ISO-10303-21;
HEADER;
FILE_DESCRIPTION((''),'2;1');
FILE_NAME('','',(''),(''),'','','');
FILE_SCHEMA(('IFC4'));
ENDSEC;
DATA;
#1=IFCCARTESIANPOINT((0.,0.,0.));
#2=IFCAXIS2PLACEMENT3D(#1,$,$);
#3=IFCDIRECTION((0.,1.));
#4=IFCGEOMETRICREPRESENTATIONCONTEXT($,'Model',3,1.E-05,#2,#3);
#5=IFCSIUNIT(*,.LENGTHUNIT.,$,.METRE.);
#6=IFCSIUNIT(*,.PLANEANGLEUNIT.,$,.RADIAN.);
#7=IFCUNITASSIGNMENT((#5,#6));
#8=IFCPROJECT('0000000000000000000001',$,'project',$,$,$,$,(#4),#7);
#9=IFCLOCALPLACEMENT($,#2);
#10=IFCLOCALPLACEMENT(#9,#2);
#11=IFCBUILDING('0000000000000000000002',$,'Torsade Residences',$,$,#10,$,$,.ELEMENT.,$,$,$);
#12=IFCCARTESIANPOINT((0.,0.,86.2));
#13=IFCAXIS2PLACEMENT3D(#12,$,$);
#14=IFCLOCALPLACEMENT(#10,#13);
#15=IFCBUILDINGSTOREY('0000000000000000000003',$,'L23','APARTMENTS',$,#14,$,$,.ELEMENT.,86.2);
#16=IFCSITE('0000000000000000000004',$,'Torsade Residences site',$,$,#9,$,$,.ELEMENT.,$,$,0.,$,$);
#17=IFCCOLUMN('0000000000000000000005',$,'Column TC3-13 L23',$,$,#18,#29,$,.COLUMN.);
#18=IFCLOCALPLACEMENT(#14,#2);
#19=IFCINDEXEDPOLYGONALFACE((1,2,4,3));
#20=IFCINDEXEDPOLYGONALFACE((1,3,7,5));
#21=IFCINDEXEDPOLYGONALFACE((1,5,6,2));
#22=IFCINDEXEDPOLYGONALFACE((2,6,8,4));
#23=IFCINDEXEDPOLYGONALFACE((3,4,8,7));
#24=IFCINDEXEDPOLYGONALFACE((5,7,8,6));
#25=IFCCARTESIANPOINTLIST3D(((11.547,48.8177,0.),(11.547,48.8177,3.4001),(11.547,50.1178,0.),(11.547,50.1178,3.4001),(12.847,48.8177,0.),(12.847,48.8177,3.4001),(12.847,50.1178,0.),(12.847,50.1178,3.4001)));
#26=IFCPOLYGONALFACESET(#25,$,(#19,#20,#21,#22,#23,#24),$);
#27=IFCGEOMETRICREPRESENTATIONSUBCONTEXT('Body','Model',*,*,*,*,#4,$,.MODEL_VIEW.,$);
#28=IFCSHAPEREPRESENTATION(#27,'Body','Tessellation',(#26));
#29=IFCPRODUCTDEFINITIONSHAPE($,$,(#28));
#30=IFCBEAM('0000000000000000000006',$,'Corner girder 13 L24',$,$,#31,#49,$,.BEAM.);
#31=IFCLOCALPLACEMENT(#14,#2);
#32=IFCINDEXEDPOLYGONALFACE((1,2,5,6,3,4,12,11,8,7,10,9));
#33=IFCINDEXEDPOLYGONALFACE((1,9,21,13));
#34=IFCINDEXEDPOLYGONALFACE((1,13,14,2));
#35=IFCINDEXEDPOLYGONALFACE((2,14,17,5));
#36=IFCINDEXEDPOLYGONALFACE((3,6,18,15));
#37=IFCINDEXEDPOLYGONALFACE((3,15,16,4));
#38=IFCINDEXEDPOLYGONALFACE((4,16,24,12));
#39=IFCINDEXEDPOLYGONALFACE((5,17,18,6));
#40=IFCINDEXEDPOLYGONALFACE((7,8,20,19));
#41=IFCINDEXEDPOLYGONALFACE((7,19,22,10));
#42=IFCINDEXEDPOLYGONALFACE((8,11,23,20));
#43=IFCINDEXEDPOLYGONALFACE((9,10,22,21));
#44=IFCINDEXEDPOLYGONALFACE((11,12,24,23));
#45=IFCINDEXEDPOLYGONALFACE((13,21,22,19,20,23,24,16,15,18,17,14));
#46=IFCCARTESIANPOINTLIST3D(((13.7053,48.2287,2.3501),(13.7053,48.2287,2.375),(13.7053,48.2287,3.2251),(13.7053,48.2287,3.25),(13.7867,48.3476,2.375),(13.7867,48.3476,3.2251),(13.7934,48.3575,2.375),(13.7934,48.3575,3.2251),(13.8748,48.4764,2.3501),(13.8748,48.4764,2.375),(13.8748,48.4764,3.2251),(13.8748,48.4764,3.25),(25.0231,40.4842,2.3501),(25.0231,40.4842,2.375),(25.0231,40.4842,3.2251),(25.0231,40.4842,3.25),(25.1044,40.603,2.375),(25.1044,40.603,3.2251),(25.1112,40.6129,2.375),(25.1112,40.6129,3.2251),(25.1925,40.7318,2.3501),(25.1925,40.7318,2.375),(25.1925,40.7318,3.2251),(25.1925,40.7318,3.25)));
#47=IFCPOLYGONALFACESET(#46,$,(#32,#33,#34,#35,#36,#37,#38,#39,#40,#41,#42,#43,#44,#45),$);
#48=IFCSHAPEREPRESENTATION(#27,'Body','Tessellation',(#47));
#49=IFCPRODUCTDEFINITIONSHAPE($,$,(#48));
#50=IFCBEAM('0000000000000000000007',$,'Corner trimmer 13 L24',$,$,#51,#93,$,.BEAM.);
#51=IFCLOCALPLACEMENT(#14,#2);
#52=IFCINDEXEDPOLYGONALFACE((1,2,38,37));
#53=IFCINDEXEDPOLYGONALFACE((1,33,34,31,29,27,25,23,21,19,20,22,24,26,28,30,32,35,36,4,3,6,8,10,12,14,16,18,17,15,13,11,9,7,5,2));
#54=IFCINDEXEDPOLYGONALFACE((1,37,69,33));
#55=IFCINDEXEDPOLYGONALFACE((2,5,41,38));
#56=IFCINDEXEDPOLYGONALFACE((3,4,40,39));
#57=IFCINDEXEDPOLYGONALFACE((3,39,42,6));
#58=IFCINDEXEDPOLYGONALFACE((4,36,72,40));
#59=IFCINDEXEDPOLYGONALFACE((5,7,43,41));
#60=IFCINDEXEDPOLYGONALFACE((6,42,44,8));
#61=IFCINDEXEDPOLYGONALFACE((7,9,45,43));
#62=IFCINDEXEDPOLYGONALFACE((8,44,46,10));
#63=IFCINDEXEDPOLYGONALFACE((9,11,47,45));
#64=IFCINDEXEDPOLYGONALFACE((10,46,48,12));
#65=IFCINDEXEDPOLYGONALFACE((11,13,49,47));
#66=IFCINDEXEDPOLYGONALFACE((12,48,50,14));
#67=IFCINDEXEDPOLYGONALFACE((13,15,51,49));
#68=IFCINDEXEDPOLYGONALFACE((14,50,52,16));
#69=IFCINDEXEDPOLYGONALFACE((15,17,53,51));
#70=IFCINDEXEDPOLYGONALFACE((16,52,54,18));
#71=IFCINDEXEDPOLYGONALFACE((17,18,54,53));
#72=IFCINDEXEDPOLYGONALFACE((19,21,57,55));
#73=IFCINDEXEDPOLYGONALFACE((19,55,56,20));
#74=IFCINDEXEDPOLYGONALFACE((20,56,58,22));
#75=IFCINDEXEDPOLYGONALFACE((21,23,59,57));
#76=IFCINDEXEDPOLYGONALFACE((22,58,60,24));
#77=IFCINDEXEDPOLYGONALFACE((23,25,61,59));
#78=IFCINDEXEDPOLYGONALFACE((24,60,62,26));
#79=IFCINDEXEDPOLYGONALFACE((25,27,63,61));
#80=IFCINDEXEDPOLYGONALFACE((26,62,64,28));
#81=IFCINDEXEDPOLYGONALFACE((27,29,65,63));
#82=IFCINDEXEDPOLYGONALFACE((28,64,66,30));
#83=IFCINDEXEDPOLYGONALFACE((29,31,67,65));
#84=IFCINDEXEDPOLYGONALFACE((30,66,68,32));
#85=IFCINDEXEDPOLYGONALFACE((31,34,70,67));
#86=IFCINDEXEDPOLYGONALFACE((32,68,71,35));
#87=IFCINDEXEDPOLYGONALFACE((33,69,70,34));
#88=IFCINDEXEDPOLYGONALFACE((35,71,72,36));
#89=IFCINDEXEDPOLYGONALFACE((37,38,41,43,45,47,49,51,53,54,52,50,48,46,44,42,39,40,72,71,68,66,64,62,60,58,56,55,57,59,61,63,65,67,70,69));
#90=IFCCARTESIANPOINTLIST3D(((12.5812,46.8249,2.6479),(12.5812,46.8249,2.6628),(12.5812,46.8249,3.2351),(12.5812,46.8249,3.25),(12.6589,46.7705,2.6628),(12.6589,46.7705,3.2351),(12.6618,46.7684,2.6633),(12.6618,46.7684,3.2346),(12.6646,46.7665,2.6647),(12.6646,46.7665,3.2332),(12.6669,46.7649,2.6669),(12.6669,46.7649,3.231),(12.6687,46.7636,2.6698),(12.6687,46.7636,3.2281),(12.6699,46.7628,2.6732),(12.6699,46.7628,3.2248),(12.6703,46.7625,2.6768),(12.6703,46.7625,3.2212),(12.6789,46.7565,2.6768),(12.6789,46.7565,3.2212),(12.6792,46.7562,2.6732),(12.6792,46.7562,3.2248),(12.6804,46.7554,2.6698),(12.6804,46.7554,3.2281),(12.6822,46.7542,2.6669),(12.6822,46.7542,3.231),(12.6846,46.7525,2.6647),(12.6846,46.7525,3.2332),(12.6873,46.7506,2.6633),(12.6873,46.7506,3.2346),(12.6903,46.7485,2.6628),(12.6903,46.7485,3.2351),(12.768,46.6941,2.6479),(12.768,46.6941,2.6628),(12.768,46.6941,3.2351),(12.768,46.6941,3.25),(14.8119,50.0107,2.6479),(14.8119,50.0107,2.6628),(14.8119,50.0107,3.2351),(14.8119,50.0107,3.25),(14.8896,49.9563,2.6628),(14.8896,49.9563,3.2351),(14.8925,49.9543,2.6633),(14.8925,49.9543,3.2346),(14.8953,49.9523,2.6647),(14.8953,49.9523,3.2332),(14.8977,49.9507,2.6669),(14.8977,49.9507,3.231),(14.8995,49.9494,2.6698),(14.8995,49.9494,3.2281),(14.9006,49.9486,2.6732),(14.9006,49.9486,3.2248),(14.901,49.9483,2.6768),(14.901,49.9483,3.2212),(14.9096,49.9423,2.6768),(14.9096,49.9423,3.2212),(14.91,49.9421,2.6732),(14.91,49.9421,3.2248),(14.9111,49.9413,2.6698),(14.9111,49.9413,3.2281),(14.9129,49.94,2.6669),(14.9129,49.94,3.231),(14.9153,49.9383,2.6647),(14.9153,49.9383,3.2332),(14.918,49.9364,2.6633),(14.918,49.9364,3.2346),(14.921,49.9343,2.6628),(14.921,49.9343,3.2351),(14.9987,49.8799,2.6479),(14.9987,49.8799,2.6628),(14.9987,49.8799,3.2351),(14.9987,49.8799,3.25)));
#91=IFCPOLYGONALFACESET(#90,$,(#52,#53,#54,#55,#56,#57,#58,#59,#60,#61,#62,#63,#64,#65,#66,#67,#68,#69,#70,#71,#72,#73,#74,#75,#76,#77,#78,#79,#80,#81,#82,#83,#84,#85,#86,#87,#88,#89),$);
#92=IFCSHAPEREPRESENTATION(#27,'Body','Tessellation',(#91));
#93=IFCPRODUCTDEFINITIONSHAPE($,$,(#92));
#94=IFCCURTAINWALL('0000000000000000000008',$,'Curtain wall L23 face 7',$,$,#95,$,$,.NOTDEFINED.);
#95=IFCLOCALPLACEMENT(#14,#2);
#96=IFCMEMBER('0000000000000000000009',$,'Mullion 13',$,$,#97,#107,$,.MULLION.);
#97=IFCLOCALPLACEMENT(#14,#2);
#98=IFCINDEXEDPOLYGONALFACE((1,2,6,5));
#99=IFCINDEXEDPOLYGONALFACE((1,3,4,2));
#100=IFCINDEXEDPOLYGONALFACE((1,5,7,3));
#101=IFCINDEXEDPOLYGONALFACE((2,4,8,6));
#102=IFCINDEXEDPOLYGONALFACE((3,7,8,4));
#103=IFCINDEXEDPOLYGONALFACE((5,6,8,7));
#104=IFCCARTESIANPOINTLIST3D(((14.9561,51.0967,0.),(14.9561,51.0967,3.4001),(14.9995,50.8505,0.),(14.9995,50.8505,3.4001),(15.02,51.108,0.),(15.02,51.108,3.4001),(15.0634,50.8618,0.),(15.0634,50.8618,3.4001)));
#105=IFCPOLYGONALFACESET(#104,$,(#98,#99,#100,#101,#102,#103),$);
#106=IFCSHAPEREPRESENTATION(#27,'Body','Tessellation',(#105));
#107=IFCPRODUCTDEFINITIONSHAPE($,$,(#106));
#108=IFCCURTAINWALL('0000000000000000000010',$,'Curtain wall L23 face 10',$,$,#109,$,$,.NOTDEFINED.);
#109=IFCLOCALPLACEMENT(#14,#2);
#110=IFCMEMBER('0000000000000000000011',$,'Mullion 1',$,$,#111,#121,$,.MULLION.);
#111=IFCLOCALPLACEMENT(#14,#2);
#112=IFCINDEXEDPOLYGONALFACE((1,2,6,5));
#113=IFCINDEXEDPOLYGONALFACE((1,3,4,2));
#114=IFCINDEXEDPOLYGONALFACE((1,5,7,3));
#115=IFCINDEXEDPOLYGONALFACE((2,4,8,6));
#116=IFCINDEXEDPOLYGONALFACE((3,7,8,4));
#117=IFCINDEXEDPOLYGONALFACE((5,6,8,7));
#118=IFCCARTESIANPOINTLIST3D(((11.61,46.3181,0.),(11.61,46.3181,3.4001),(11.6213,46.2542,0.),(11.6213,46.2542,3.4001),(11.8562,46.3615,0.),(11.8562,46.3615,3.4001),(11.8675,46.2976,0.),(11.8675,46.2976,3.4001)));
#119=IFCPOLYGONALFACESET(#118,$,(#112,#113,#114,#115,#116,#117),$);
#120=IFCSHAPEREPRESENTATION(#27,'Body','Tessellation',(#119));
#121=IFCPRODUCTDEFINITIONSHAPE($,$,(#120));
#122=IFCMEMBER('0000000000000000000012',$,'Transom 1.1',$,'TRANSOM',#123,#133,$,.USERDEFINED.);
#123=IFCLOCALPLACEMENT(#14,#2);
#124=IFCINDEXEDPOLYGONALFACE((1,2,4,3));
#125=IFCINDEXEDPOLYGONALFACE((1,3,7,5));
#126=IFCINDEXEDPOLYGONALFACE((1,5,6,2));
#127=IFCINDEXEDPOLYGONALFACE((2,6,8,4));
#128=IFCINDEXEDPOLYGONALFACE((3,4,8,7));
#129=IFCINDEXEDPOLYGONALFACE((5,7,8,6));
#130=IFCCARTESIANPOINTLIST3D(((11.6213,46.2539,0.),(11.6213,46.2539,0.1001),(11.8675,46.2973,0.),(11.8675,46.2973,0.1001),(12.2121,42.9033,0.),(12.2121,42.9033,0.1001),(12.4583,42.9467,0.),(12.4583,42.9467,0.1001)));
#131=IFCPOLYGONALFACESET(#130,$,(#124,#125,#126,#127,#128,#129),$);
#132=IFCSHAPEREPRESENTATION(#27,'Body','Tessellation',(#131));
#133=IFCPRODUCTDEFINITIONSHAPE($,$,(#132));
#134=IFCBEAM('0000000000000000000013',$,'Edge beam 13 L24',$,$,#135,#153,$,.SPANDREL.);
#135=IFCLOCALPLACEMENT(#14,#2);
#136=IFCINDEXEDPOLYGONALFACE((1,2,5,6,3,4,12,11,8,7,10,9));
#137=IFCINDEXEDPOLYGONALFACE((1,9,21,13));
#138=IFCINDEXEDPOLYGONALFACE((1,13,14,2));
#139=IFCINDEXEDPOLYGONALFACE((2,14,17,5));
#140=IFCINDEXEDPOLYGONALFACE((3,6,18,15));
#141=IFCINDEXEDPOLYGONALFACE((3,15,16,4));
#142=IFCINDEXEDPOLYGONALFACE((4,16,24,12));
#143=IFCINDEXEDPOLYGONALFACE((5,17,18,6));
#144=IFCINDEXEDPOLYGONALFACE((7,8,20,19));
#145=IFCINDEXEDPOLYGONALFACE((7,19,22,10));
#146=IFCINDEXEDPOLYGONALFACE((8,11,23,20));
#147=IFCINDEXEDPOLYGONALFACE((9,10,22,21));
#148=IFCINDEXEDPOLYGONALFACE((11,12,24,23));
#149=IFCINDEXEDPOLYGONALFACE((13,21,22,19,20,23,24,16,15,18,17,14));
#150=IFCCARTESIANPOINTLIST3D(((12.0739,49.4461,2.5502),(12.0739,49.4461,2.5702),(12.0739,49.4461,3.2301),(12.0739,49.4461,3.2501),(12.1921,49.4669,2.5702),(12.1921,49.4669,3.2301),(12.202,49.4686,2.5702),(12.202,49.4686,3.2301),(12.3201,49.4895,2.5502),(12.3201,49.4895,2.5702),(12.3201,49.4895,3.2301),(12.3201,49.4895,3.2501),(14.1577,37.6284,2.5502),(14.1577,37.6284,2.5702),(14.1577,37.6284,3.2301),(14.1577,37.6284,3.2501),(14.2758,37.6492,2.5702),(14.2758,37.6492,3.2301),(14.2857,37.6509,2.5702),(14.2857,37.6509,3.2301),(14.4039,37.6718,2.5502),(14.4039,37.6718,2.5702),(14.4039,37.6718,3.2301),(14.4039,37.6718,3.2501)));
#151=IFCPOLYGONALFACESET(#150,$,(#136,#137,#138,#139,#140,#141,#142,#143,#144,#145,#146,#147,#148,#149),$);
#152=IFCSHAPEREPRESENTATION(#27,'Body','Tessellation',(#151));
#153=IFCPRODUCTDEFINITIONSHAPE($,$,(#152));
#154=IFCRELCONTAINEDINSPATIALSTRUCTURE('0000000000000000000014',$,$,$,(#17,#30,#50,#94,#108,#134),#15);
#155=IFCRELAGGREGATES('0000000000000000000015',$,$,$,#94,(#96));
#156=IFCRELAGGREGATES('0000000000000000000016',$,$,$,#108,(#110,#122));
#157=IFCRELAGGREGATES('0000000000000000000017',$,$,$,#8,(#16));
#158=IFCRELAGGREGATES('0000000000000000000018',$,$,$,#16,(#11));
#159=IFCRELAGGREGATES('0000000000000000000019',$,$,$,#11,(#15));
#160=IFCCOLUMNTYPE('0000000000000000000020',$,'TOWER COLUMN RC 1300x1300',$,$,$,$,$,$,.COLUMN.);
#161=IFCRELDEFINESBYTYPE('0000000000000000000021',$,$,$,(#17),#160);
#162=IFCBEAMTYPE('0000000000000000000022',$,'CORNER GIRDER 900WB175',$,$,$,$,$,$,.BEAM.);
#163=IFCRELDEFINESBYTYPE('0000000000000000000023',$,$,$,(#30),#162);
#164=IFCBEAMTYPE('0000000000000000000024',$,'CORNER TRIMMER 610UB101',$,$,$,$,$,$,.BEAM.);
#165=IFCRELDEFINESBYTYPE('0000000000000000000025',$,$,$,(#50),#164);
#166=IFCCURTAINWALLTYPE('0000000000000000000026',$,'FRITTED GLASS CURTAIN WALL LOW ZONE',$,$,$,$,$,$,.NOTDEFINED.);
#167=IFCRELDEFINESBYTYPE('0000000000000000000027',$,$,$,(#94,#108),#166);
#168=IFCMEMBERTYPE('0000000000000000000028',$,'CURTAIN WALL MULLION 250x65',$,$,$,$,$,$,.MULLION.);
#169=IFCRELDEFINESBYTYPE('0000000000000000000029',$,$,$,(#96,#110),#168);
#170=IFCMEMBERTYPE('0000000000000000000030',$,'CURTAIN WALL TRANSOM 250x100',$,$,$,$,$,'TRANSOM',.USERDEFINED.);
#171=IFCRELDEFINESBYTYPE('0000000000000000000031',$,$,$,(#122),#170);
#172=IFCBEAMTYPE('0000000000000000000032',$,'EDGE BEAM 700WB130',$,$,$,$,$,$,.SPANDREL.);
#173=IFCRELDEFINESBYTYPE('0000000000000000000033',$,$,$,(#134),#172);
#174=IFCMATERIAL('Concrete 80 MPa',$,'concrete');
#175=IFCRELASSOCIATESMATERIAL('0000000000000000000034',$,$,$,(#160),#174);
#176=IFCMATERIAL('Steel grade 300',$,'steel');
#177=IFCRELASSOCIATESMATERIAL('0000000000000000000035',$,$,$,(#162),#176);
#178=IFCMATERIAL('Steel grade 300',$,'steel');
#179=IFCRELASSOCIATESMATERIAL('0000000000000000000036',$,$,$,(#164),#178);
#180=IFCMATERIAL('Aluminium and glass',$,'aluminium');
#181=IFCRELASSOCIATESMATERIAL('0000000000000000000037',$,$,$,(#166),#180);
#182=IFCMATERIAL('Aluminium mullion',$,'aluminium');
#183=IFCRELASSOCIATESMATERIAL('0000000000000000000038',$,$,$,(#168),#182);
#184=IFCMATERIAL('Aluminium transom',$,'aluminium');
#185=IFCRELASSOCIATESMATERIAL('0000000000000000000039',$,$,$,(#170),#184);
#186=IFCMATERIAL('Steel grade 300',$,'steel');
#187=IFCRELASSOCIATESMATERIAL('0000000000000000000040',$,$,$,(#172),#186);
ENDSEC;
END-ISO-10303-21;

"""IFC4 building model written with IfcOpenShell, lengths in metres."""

from ifc_helpers import new_model, si_unit, direction, frame, origin, origin_2d, place, context, subcontext, project, spatial, rectangle, i_section, extrude, material, material_profile, profile_set, type_object, element, aggregate, save


model = new_model("IFC4")

# Units and contexts
model_context = context("Model", 3, precision=1e-05, world=origin(), true_north=direction((0.0, 1.0)))
body_context = subcontext(model_context, "Body", "Model", "MODEL_VIEW")
ifc_project = project(units=[si_unit("LENGTHUNIT", "METRE"), si_unit("PLANEANGLEUNIT", "RADIAN")], contexts=[model_context])

# Site, building, storey
site_placement = place(None, origin())
site = spatial("IfcSite", under=ifc_project, at=site_placement, Name="Torsade Residences site", CompositionType="ELEMENT", RefElevation=0.0)
building_placement = place(site_placement, origin())
building = spatial("IfcBuilding", under=site, at=building_placement, Name="Torsade Residences", CompositionType="ELEMENT")
storey_placement = place(building_placement, frame((0.0, 0.0, 86.2)))
storey = spatial("IfcBuildingStorey", under=building, at=storey_placement, Name="L23", Description="APARTMENTS", CompositionType="ELEMENT", Elevation=86.2)

# Column
ifc_material_1 = material(Name="Concrete 80 MPa", Category="concrete")
ifc_material_profile_1 = material_profile(ifc_material_1, rectangle(XDim=1.3, YDim=1.3, at=origin_2d()), Name="RC 1300x1300")
ifc_profile_set_1 = profile_set([ifc_material_profile_1], Name="Concrete 80 MPa")
column_type = type_object("IfcColumnType", Name="TOWER COLUMN RC 1300x1300", PredefinedType="COLUMN", material=ifc_profile_set_1)
column_placement = place(storey_placement, frame((12.197, 49.4678, 0.0), z_axis=(0.0, 0.0, 1.0), x_axis=(1.0, 0.0, 0.0)))
element("IfcColumn", 1, at=column_placement, inside=storey, type_object=column_type, Name="Column TC3-13 L23", PredefinedType="COLUMN", context=body_context, shape_type="SweptSolid", body=[
    extrude(rectangle(XDim=1.3, YDim=1.3, at=origin_2d()), origin(), (0.0, 0.0, 1.0), 3.4001),
])

# Beams
ifc_material_2 = material(Name="Steel grade 300", Category="steel")
ifc_material_profile_2 = material_profile(ifc_material_2, i_section(OverallWidth=0.3, OverallDepth=0.8999, WebThickness=0.012, FlangeThickness=0.0249, at=origin_2d()), Name="900WB175")
ifc_profile_set_2 = profile_set([ifc_material_profile_2], Name="Steel grade 300")
beam_type_1 = type_object("IfcBeamType", Name="CORNER GIRDER 900WB175", PredefinedType="BEAM", material=ifc_profile_set_2)
beam_1_placement = place(storey_placement, frame((13.79, 48.3525, 2.8), z_axis=(0.825279, -0.564725, 0.0), x_axis=(0.564725, 0.825279, 0.0)))
element("IfcBeam", 2, at=beam_1_placement, inside=storey, type_object=beam_type_1, Name="Corner girder 13 L24", PredefinedType="BEAM", context=body_context, shape_type="SweptSolid", body=[
    extrude(i_section(OverallWidth=0.3, OverallDepth=0.8999, WebThickness=0.012, FlangeThickness=0.0249, at=origin_2d()), origin(), (0.0, 0.0, 1.0), 13.7139),
])
ifc_material_3 = material(Name="Steel grade 300", Category="steel")
ifc_material_profile_3 = material_profile(ifc_material_3, i_section(OverallWidth=0.228, OverallDepth=0.6021, WebThickness=0.0105, FlangeThickness=0.0149, FilletRadius=0.0139, at=origin_2d()), Name="610UB101")
ifc_profile_set_3 = profile_set([ifc_material_profile_3], Name="Steel grade 300")
beam_type_2 = type_object("IfcBeamType", Name="CORNER TRIMMER 610UB101", PredefinedType="BEAM", material=ifc_profile_set_3)
beam_2_placement = place(storey_placement, frame((12.6746, 46.7595, 2.949), z_axis=(0.573576, 0.819152, 0.0), x_axis=(-0.819152, 0.573576, 0.0)))
element("IfcBeam", 3, at=beam_2_placement, inside=storey, type_object=beam_type_2, Name="Corner trimmer 13 L24", PredefinedType="BEAM", context=body_context, shape_type="SweptSolid", body=[
    extrude(i_section(OverallWidth=0.228, OverallDepth=0.6021, WebThickness=0.0105, FlangeThickness=0.0149, FilletRadius=0.0139, at=origin_2d()), origin(), (0.0, 0.0, 1.0), 3.8892),
])

# Curtain wall, member
ifc_material_4 = material(Name="Aluminium and glass", Category="aluminium")
curtain_wall_type = type_object("IfcCurtainWallType", Name="FRITTED GLASS CURTAIN WALL LOW ZONE", PredefinedType="NOTDEFINED", material=ifc_material_4)
curtain_wall_1_placement = place(storey_placement, origin())
curtain_wall_1 = element("IfcCurtainWall", 4, at=curtain_wall_1_placement, inside=storey, type_object=curtain_wall_type, Name="Curtain wall L23 face 7", PredefinedType="NOTDEFINED")
ifc_material_5 = material(Name="Aluminium mullion", Category="aluminium")
ifc_material_profile_4 = material_profile(ifc_material_5, rectangle(XDim=0.25, YDim=0.0649, at=origin_2d()), Name="CURTAIN WALL MULLION 250x65")
ifc_profile_set_4 = profile_set([ifc_material_profile_4], Name="Aluminium mullion")
member_type_1 = type_object("IfcMemberType", Name="CURTAIN WALL MULLION 250x65", PredefinedType="MULLION", material=ifc_profile_set_4)
member_1_placement = place(storey_placement, frame((15.0098, 50.9792, 0.0), z_axis=(0.0, 0.0, 1.0), x_axis=(0.173648, -0.984808, 0.0)))
member_1 = element("IfcMember", 5, at=member_1_placement, type_object=member_type_1, Name="Mullion 13", PredefinedType="MULLION", context=body_context, shape_type="SweptSolid", body=[
    extrude(rectangle(XDim=0.25, YDim=0.0649, at=origin_2d()), origin(), (0.0, 0.0, 1.0), 3.4001),
])
aggregate(curtain_wall_1, [member_1])

# Curtain wall, members
curtain_wall_2_placement = place(storey_placement, origin())
curtain_wall_2 = element("IfcCurtainWall", 6, at=curtain_wall_2_placement, inside=storey, type_object=curtain_wall_type, Name="Curtain wall L23 face 10", PredefinedType="NOTDEFINED")
member_2_placement = place(storey_placement, frame((11.7388, 46.3079, 0.0), z_axis=(0.0, 0.0, 1.0), x_axis=(0.984808, 0.173648, 0.0)))
member_2 = element("IfcMember", 7, at=member_2_placement, type_object=member_type_1, Name="Mullion 1", PredefinedType="MULLION", context=body_context, shape_type="SweptSolid", body=[
    extrude(rectangle(XDim=0.25, YDim=0.0649, at=origin_2d()), origin(), (0.0, 0.0, 1.0), 3.4001),
])
ifc_material_6 = material(Name="Aluminium transom", Category="aluminium")
ifc_material_profile_5 = material_profile(ifc_material_6, rectangle(XDim=0.25, YDim=0.1001, at=origin_2d()), Name="CURTAIN WALL TRANSOM 250x100")
ifc_profile_set_5 = profile_set([ifc_material_profile_5], Name="Aluminium transom")
member_type_2 = type_object("IfcMemberType", Name="CURTAIN WALL TRANSOM 250x100", ElementType="TRANSOM", PredefinedType="USERDEFINED", material=ifc_profile_set_5)
member_3_placement = place(storey_placement, frame((11.7444, 46.2756, 0.05), z_axis=(0.173654, -0.984807, 0.0), x_axis=(0.984807, 0.173654, 0.0)))
member_3 = element("IfcMember", 8, at=member_3_placement, type_object=member_type_2, Name="Transom 1.1", ObjectType="TRANSOM", PredefinedType="USERDEFINED", context=body_context, shape_type="SweptSolid", body=[
    extrude(rectangle(XDim=0.25, YDim=0.1001, at=origin_2d()), origin(), (0.0, 0.0, 1.0), 3.4023),
])

# Beam
ifc_material_7 = material(Name="Steel grade 300", Category="steel")
ifc_material_profile_6 = material_profile(ifc_material_7, i_section(OverallWidth=0.25, OverallDepth=0.7, WebThickness=0.01, FlangeThickness=0.02, at=origin_2d()), Name="700WB130")
ifc_profile_set_6 = profile_set([ifc_material_profile_6], Name="Steel grade 300")
beam_type_3 = type_object("IfcBeamType", Name="EDGE BEAM 700WB130", PredefinedType="SPANDREL", material=ifc_profile_set_6)
beam_3_placement = place(storey_placement, frame((12.197, 49.4678, 2.9001), z_axis=(0.173646, -0.984808, 0.0), x_axis=(0.984808, 0.173646, 0.0)))
element("IfcBeam", 9, at=beam_3_placement, inside=storey, type_object=beam_type_3, Name="Edge beam 13 L24", PredefinedType="SPANDREL", context=body_context, shape_type="SweptSolid", body=[
    extrude(i_section(OverallWidth=0.25, OverallDepth=0.7, WebThickness=0.01, FlangeThickness=0.02, at=origin_2d()), origin(), (0.0, 0.0, 1.0), 12.0),
])

aggregate(curtain_wall_2, [member_2, member_3])

save(model, "model.ifc")
